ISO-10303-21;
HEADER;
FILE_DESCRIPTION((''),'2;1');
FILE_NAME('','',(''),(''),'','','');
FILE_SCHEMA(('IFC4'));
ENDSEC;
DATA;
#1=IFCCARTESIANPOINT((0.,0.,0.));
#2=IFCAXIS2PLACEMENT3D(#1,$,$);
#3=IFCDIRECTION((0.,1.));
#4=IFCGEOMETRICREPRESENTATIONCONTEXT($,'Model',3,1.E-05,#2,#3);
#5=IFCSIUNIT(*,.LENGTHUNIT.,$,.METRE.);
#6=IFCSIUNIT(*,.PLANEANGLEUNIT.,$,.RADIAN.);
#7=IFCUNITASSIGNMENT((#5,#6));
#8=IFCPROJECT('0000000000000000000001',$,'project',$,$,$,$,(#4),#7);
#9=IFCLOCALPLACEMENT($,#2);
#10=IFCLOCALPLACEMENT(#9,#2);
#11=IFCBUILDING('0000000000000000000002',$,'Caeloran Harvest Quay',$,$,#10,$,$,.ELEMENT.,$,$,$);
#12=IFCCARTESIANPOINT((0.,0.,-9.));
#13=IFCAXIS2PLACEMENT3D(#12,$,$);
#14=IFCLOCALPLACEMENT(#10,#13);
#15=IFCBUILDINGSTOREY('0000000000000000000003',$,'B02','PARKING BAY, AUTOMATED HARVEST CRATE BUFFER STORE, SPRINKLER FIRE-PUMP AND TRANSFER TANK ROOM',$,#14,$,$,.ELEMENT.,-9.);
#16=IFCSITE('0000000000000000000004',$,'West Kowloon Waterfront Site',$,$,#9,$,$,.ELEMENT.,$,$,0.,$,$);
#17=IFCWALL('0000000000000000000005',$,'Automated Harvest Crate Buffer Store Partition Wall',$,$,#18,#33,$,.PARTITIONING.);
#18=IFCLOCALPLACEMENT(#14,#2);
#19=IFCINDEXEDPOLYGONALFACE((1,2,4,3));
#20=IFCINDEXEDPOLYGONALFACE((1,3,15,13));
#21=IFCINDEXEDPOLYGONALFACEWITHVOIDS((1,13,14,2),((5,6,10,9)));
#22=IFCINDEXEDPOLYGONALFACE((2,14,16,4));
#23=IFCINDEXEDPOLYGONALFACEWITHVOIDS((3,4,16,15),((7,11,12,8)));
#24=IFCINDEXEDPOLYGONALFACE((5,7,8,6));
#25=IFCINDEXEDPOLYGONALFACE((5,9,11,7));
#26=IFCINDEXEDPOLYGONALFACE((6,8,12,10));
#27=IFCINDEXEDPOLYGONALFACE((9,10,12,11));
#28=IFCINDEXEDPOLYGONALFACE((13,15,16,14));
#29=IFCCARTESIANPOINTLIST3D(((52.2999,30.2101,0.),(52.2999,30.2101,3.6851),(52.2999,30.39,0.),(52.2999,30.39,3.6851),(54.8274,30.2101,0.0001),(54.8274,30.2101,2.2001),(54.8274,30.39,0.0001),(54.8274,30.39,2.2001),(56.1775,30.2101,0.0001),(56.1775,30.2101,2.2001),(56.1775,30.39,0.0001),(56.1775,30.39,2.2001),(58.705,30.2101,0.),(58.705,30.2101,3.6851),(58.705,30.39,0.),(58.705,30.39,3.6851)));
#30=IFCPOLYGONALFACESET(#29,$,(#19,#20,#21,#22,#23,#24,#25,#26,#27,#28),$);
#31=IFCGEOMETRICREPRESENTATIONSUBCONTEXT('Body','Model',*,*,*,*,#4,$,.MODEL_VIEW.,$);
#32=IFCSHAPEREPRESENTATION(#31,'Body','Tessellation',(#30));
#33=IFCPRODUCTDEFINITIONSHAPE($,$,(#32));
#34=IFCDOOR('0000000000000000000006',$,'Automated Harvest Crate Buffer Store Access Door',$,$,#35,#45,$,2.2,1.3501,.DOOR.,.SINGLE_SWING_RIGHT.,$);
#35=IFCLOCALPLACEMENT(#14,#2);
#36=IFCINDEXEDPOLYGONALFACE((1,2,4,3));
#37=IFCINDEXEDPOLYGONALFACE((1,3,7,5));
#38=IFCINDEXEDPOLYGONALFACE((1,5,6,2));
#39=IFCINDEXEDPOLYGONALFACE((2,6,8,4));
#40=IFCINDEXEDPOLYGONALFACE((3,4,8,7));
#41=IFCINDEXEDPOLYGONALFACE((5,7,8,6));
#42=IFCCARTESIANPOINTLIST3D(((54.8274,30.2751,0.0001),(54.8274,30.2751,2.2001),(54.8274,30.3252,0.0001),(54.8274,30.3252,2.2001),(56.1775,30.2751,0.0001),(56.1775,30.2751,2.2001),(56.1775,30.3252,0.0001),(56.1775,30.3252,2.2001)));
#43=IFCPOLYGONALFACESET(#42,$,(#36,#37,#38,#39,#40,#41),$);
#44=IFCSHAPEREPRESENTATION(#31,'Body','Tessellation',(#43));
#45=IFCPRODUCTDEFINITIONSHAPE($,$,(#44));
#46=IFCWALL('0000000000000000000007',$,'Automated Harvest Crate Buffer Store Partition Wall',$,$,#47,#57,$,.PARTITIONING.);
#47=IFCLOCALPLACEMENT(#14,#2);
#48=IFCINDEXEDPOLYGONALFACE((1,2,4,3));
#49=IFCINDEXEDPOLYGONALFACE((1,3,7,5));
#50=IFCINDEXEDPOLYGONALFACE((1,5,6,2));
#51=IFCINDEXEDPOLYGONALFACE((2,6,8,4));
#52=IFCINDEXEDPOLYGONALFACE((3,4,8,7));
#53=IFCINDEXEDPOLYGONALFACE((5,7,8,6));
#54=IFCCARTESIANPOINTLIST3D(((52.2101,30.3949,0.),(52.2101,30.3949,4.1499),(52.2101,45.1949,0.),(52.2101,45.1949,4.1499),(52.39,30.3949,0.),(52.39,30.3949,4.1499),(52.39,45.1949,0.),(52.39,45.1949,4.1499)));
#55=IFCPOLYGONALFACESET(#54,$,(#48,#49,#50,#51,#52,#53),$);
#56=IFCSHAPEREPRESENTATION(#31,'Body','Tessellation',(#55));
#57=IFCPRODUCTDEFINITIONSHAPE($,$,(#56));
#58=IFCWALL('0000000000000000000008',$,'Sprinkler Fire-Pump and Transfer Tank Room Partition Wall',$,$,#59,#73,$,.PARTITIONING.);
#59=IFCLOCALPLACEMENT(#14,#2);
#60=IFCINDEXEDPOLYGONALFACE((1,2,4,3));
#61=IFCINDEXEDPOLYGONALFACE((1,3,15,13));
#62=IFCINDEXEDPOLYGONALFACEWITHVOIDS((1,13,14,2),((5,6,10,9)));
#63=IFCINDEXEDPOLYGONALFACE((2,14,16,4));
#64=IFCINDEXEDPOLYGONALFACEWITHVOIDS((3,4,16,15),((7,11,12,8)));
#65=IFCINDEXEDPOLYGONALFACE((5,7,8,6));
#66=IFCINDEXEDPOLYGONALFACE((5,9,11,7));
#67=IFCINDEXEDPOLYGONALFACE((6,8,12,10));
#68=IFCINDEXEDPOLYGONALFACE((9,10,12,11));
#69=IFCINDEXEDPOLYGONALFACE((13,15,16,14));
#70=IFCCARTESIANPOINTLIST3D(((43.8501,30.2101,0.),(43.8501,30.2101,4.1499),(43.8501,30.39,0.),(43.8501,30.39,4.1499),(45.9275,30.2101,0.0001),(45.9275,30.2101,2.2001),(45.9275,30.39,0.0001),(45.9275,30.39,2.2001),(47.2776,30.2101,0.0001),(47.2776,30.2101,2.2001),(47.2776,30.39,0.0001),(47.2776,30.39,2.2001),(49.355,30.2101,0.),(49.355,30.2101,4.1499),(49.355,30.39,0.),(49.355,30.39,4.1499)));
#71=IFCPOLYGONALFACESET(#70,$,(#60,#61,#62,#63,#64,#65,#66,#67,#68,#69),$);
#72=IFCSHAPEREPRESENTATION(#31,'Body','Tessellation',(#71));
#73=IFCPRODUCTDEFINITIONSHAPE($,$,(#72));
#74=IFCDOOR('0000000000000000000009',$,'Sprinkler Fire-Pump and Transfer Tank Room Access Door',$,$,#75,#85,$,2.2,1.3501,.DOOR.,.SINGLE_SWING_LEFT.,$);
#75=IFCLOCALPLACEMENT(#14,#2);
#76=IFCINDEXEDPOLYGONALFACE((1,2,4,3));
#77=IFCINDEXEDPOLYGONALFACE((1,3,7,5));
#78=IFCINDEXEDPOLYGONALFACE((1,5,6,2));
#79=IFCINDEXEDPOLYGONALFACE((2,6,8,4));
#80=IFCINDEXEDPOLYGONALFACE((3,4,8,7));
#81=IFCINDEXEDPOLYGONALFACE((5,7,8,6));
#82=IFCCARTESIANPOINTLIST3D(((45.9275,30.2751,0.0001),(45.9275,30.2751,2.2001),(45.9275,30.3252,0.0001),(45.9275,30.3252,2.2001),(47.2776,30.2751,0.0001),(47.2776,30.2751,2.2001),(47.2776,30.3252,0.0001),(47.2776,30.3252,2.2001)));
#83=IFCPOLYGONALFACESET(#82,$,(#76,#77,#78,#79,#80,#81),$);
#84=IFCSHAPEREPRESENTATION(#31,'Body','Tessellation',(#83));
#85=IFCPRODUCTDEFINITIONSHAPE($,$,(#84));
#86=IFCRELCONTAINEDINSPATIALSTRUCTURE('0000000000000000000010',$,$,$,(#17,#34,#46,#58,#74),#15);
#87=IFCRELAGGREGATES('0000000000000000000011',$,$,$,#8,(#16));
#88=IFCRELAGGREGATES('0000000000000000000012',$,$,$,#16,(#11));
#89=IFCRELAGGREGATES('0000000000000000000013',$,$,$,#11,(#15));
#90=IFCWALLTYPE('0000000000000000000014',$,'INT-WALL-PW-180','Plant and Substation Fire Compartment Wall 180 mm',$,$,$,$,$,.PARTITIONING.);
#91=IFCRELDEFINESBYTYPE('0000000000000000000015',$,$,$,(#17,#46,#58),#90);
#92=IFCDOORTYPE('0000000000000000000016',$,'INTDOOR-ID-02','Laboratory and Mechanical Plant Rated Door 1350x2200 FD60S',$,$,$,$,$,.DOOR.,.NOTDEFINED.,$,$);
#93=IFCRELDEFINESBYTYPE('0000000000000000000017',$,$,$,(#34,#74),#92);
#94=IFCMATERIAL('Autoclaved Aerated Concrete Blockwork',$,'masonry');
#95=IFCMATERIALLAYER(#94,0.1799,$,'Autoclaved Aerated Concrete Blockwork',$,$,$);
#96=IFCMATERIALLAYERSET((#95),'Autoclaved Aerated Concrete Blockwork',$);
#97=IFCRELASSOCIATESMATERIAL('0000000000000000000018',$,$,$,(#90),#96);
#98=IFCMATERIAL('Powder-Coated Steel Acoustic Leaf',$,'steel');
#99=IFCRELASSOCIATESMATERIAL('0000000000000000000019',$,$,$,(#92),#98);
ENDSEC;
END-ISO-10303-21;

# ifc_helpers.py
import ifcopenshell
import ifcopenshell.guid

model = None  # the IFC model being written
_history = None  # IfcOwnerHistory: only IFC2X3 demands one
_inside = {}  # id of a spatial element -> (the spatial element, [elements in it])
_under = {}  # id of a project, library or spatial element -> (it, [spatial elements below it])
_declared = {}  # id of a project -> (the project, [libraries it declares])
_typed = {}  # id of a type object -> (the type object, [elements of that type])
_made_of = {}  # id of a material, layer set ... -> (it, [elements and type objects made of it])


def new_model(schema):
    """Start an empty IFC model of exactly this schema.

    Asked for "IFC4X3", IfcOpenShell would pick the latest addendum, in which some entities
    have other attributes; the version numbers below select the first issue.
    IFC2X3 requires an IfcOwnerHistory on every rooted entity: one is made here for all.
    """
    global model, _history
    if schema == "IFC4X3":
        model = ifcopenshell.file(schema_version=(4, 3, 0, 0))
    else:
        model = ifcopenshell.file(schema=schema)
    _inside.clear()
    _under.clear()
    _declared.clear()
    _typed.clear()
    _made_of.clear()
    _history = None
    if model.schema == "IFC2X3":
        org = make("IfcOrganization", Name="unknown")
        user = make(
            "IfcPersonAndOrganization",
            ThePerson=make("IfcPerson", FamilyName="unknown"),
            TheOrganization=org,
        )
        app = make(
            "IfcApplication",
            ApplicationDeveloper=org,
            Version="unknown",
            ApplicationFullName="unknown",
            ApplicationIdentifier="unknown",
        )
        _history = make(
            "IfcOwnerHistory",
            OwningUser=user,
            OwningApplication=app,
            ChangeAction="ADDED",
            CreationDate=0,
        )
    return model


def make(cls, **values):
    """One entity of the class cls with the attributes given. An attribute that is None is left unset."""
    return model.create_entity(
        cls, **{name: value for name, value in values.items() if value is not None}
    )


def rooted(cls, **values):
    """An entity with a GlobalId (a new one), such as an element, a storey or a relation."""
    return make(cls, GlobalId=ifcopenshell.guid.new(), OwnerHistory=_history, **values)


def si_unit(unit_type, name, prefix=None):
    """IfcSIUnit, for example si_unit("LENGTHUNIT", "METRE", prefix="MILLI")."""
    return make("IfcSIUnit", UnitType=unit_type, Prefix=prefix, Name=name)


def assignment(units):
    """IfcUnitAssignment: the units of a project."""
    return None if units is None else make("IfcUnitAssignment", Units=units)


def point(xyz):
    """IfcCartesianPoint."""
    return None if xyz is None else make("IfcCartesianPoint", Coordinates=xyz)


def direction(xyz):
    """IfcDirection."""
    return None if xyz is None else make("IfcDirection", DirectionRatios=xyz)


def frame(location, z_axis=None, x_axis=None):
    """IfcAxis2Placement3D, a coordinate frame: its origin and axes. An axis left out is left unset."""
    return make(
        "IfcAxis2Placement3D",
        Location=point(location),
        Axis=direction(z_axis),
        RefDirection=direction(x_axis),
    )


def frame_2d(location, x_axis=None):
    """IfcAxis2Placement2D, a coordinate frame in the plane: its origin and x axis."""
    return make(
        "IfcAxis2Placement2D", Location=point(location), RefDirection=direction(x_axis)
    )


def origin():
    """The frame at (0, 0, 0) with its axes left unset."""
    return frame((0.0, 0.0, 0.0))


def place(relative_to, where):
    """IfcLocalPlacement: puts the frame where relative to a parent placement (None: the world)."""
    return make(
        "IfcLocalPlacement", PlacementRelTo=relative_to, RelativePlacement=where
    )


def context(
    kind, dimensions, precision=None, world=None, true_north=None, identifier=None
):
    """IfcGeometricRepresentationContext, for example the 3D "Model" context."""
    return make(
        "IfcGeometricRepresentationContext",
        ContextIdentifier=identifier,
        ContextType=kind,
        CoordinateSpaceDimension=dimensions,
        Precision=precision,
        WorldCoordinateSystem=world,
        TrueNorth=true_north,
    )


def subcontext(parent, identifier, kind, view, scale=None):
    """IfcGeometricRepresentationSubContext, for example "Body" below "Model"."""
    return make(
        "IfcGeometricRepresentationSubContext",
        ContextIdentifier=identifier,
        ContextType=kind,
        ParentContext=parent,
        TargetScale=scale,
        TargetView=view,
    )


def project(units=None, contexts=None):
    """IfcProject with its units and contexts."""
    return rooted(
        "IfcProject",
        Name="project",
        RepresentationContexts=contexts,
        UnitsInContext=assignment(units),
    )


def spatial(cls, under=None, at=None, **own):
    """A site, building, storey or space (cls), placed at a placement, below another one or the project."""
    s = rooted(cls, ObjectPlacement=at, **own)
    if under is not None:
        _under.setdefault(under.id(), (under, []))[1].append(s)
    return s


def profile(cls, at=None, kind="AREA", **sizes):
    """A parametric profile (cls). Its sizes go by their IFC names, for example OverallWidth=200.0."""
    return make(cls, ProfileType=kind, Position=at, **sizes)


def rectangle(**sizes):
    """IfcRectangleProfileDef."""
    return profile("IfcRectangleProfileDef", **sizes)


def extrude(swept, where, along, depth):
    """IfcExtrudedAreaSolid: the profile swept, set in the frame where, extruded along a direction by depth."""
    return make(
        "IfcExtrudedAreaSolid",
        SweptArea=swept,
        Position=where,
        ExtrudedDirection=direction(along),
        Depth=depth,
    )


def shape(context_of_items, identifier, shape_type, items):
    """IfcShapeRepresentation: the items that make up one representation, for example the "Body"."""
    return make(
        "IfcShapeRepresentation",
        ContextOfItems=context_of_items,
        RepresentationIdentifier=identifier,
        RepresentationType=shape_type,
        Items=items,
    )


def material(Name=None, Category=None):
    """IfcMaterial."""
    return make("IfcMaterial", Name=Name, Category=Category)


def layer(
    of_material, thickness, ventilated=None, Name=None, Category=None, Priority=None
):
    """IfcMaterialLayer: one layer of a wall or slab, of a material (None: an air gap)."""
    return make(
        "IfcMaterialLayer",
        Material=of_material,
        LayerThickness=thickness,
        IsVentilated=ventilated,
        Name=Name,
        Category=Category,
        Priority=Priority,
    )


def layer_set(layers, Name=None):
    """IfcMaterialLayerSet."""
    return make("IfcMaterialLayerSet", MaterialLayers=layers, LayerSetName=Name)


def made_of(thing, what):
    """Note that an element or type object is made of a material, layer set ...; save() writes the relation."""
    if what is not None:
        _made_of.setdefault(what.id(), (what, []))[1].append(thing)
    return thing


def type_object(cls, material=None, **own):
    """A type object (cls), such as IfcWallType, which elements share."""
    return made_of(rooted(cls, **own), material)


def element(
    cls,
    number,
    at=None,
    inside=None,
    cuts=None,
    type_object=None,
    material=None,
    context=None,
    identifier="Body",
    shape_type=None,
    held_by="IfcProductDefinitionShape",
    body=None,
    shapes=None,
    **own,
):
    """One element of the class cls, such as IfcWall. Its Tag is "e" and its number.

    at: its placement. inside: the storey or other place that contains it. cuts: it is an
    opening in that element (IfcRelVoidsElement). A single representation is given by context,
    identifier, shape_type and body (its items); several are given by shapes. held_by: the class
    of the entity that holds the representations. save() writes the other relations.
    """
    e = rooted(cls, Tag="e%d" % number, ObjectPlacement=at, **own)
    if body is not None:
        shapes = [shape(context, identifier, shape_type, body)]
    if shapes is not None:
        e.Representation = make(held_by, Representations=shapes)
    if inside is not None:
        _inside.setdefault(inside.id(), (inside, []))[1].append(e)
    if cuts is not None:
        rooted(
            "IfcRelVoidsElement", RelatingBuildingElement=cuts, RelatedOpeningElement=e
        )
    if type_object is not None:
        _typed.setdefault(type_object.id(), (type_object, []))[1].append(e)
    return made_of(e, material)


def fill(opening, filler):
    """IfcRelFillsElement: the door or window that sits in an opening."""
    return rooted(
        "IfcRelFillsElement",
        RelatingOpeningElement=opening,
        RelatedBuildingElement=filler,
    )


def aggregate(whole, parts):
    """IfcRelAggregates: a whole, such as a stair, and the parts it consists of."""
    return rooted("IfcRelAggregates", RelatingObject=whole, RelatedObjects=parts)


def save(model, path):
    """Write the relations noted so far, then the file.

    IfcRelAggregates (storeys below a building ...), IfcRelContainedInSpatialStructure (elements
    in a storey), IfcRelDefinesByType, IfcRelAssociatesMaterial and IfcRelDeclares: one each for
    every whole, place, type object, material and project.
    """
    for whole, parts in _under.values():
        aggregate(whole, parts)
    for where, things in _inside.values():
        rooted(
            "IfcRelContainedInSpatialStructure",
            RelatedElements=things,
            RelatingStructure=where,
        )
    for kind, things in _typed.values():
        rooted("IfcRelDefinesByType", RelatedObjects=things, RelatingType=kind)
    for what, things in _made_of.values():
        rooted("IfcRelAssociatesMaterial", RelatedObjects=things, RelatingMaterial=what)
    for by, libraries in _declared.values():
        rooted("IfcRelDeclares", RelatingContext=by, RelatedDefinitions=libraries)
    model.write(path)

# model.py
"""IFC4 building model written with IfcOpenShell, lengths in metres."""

from ifc_helpers import new_model, si_unit, direction, frame, frame_2d, origin, place, context, subcontext, project, spatial, rectangle, extrude, material, layer, layer_set, type_object, element, fill, save


model = new_model("IFC4")

# Units and contexts
model_context = context("Model", 3, precision=1e-05, world=origin(), true_north=direction((0.0, 1.0)))
body_context = subcontext(model_context, "Body", "Model", "MODEL_VIEW")
ifc_project = project(units=[si_unit("LENGTHUNIT", "METRE"), si_unit("PLANEANGLEUNIT", "RADIAN")], contexts=[model_context])

# Site, building, storey
site_placement = place(None, origin())
site = spatial("IfcSite", under=ifc_project, at=site_placement, Name="West Kowloon Waterfront Site", CompositionType="ELEMENT", RefElevation=0.0)
building_placement = place(site_placement, origin())
building = spatial("IfcBuilding", under=site, at=building_placement, Name="Caeloran Harvest Quay", CompositionType="ELEMENT")
storey_placement = place(building_placement, frame((0.0, 0.0, -9.0)))
storey = spatial("IfcBuildingStorey", under=building, at=storey_placement, Name="B02", Description="PARKING BAY, AUTOMATED HARVEST CRATE BUFFER STORE, SPRINKLER FIRE-PUMP AND TRANSFER TANK ROOM", CompositionType="ELEMENT", Elevation=-9.0)

# Shared definitions
ifc_material_1 = material(Name="Autoclaved Aerated Concrete Blockwork", Category="masonry")
ifc_layer = layer(ifc_material_1, 0.1799, Name="Autoclaved Aerated Concrete Blockwork")
ifc_layer_set = layer_set([ifc_layer], Name="Autoclaved Aerated Concrete Blockwork")
wall_type = type_object("IfcWallType", Name="INT-WALL-PW-180", Description="Plant and Substation Fire Compartment Wall 180 mm", PredefinedType="PARTITIONING", material=ifc_layer_set)

# Wall, opening, door
ifc_material_2 = material(Name="Powder-Coated Steel Acoustic Leaf", Category="steel")
door_type = type_object("IfcDoorType", Name="INTDOOR-ID-02", Description="Laboratory and Mechanical Plant Rated Door 1350x2200 FD60S", OperationType="NOTDEFINED", PredefinedType="DOOR", material=ifc_material_2)
wall_1_placement = place(storey_placement, frame((58.7051, 30.3, 0.0), z_axis=(0.0, 0.0, 1.0), x_axis=(-1.0, 0.0, 0.0)))
wall_1 = element("IfcWall", 1, at=wall_1_placement, inside=storey, type_object=wall_type, Name="Automated Harvest Crate Buffer Store Partition Wall", PredefinedType="PARTITIONING", context=body_context, shape_type="SweptSolid", body=[
    extrude(rectangle(XDim=6.405, YDim=0.1799, at=frame_2d((3.2026, 0.0))), origin(), (0.0, 0.0, 1.0), 3.6851),
])
opening_1_placement = place(wall_1_placement, frame((2.5276, 0.0, 0.0)))
opening_1 = element("IfcOpeningElement", 2, at=opening_1_placement, cuts=wall_1, PredefinedType="OPENING", context=body_context, shape_type="SweptSolid", body=[
    extrude(rectangle(XDim=1.3501, YDim=2.2, at=frame_2d((0.675, 1.1001))), frame((0.0, 0.1001, 0.0), z_axis=(0.0, -1.0, 0.0), x_axis=(1.0, 0.0, 0.0)), (0.0, 0.0, 1.0), 0.2),
])
door_1_placement = place(opening_1_placement, origin())
door_1 = element("IfcDoor", 3, at=door_1_placement, inside=storey, type_object=door_type, Name="Automated Harvest Crate Buffer Store Access Door", OperationType="SINGLE_SWING_RIGHT", OverallHeight=2.2, OverallWidth=1.3501, PredefinedType="DOOR", context=body_context, shape_type="SweptSolid", body=[
    extrude(rectangle(XDim=1.3501, YDim=2.2, at=frame_2d((0.675, 1.1001))), frame((0.0, 0.0249, 0.0), z_axis=(0.0, -1.0, 0.0), x_axis=(1.0, 0.0, 0.0)), (0.0, 0.0, 1.0), 0.05),
])
fill(opening_1, door_1)

# Wall
wall_2_placement = place(storey_placement, frame((52.3, 30.395, 0.0), z_axis=(0.0, 0.0, 1.0), x_axis=(0.0, 1.0, 0.0)))
element("IfcWall", 4, at=wall_2_placement, inside=storey, type_object=wall_type, Name="Automated Harvest Crate Buffer Store Partition Wall", PredefinedType="PARTITIONING", context=body_context, shape_type="SweptSolid", body=[
    extrude(rectangle(XDim=14.8, YDim=0.1799, at=frame_2d((7.3999, 0.0))), origin(), (0.0, 0.0, 1.0), 4.1499),
])

# Wall, opening, door
wall_3_placement = place(storey_placement, frame((49.355, 30.3, 0.0), z_axis=(0.0, 0.0, 1.0), x_axis=(-1.0, 0.0, 0.0)))
wall_3 = element("IfcWall", 5, at=wall_3_placement, inside=storey, type_object=wall_type, Name="Sprinkler Fire-Pump and Transfer Tank Room Partition Wall", PredefinedType="PARTITIONING", context=body_context, shape_type="SweptSolid", body=[
    extrude(rectangle(XDim=5.5049, YDim=0.1799, at=frame_2d((2.7524, 0.0))), origin(), (0.0, 0.0, 1.0), 4.1499),
])
opening_2_placement = place(wall_3_placement, frame((2.0774, 0.0, 0.0)))
opening_2 = element("IfcOpeningElement", 6, at=opening_2_placement, cuts=wall_3, PredefinedType="OPENING", context=body_context, shape_type="SweptSolid", body=[
    extrude(rectangle(XDim=1.3501, YDim=2.2, at=frame_2d((0.675, 1.1001))), frame((0.0, 0.1001, 0.0), z_axis=(0.0, -1.0, 0.0), x_axis=(1.0, 0.0, 0.0)), (0.0, 0.0, 1.0), 0.2),
])
door_2_placement = place(opening_2_placement, origin())
door_2 = element("IfcDoor", 7, at=door_2_placement, inside=storey, type_object=door_type, Name="Sprinkler Fire-Pump and Transfer Tank Room Access Door", OperationType="SINGLE_SWING_LEFT", OverallHeight=2.2, OverallWidth=1.3501, PredefinedType="DOOR", context=body_context, shape_type="SweptSolid", body=[
    extrude(rectangle(XDim=1.3501, YDim=2.2, at=frame_2d((0.675, 1.1001))), frame((0.0, 0.0249, 0.0), z_axis=(0.0, -1.0, 0.0), x_axis=(1.0, 0.0, 0.0)), (0.0, 0.0, 1.0), 0.05),
])
fill(opening_2, door_2)

save(model, "model.ifc")
